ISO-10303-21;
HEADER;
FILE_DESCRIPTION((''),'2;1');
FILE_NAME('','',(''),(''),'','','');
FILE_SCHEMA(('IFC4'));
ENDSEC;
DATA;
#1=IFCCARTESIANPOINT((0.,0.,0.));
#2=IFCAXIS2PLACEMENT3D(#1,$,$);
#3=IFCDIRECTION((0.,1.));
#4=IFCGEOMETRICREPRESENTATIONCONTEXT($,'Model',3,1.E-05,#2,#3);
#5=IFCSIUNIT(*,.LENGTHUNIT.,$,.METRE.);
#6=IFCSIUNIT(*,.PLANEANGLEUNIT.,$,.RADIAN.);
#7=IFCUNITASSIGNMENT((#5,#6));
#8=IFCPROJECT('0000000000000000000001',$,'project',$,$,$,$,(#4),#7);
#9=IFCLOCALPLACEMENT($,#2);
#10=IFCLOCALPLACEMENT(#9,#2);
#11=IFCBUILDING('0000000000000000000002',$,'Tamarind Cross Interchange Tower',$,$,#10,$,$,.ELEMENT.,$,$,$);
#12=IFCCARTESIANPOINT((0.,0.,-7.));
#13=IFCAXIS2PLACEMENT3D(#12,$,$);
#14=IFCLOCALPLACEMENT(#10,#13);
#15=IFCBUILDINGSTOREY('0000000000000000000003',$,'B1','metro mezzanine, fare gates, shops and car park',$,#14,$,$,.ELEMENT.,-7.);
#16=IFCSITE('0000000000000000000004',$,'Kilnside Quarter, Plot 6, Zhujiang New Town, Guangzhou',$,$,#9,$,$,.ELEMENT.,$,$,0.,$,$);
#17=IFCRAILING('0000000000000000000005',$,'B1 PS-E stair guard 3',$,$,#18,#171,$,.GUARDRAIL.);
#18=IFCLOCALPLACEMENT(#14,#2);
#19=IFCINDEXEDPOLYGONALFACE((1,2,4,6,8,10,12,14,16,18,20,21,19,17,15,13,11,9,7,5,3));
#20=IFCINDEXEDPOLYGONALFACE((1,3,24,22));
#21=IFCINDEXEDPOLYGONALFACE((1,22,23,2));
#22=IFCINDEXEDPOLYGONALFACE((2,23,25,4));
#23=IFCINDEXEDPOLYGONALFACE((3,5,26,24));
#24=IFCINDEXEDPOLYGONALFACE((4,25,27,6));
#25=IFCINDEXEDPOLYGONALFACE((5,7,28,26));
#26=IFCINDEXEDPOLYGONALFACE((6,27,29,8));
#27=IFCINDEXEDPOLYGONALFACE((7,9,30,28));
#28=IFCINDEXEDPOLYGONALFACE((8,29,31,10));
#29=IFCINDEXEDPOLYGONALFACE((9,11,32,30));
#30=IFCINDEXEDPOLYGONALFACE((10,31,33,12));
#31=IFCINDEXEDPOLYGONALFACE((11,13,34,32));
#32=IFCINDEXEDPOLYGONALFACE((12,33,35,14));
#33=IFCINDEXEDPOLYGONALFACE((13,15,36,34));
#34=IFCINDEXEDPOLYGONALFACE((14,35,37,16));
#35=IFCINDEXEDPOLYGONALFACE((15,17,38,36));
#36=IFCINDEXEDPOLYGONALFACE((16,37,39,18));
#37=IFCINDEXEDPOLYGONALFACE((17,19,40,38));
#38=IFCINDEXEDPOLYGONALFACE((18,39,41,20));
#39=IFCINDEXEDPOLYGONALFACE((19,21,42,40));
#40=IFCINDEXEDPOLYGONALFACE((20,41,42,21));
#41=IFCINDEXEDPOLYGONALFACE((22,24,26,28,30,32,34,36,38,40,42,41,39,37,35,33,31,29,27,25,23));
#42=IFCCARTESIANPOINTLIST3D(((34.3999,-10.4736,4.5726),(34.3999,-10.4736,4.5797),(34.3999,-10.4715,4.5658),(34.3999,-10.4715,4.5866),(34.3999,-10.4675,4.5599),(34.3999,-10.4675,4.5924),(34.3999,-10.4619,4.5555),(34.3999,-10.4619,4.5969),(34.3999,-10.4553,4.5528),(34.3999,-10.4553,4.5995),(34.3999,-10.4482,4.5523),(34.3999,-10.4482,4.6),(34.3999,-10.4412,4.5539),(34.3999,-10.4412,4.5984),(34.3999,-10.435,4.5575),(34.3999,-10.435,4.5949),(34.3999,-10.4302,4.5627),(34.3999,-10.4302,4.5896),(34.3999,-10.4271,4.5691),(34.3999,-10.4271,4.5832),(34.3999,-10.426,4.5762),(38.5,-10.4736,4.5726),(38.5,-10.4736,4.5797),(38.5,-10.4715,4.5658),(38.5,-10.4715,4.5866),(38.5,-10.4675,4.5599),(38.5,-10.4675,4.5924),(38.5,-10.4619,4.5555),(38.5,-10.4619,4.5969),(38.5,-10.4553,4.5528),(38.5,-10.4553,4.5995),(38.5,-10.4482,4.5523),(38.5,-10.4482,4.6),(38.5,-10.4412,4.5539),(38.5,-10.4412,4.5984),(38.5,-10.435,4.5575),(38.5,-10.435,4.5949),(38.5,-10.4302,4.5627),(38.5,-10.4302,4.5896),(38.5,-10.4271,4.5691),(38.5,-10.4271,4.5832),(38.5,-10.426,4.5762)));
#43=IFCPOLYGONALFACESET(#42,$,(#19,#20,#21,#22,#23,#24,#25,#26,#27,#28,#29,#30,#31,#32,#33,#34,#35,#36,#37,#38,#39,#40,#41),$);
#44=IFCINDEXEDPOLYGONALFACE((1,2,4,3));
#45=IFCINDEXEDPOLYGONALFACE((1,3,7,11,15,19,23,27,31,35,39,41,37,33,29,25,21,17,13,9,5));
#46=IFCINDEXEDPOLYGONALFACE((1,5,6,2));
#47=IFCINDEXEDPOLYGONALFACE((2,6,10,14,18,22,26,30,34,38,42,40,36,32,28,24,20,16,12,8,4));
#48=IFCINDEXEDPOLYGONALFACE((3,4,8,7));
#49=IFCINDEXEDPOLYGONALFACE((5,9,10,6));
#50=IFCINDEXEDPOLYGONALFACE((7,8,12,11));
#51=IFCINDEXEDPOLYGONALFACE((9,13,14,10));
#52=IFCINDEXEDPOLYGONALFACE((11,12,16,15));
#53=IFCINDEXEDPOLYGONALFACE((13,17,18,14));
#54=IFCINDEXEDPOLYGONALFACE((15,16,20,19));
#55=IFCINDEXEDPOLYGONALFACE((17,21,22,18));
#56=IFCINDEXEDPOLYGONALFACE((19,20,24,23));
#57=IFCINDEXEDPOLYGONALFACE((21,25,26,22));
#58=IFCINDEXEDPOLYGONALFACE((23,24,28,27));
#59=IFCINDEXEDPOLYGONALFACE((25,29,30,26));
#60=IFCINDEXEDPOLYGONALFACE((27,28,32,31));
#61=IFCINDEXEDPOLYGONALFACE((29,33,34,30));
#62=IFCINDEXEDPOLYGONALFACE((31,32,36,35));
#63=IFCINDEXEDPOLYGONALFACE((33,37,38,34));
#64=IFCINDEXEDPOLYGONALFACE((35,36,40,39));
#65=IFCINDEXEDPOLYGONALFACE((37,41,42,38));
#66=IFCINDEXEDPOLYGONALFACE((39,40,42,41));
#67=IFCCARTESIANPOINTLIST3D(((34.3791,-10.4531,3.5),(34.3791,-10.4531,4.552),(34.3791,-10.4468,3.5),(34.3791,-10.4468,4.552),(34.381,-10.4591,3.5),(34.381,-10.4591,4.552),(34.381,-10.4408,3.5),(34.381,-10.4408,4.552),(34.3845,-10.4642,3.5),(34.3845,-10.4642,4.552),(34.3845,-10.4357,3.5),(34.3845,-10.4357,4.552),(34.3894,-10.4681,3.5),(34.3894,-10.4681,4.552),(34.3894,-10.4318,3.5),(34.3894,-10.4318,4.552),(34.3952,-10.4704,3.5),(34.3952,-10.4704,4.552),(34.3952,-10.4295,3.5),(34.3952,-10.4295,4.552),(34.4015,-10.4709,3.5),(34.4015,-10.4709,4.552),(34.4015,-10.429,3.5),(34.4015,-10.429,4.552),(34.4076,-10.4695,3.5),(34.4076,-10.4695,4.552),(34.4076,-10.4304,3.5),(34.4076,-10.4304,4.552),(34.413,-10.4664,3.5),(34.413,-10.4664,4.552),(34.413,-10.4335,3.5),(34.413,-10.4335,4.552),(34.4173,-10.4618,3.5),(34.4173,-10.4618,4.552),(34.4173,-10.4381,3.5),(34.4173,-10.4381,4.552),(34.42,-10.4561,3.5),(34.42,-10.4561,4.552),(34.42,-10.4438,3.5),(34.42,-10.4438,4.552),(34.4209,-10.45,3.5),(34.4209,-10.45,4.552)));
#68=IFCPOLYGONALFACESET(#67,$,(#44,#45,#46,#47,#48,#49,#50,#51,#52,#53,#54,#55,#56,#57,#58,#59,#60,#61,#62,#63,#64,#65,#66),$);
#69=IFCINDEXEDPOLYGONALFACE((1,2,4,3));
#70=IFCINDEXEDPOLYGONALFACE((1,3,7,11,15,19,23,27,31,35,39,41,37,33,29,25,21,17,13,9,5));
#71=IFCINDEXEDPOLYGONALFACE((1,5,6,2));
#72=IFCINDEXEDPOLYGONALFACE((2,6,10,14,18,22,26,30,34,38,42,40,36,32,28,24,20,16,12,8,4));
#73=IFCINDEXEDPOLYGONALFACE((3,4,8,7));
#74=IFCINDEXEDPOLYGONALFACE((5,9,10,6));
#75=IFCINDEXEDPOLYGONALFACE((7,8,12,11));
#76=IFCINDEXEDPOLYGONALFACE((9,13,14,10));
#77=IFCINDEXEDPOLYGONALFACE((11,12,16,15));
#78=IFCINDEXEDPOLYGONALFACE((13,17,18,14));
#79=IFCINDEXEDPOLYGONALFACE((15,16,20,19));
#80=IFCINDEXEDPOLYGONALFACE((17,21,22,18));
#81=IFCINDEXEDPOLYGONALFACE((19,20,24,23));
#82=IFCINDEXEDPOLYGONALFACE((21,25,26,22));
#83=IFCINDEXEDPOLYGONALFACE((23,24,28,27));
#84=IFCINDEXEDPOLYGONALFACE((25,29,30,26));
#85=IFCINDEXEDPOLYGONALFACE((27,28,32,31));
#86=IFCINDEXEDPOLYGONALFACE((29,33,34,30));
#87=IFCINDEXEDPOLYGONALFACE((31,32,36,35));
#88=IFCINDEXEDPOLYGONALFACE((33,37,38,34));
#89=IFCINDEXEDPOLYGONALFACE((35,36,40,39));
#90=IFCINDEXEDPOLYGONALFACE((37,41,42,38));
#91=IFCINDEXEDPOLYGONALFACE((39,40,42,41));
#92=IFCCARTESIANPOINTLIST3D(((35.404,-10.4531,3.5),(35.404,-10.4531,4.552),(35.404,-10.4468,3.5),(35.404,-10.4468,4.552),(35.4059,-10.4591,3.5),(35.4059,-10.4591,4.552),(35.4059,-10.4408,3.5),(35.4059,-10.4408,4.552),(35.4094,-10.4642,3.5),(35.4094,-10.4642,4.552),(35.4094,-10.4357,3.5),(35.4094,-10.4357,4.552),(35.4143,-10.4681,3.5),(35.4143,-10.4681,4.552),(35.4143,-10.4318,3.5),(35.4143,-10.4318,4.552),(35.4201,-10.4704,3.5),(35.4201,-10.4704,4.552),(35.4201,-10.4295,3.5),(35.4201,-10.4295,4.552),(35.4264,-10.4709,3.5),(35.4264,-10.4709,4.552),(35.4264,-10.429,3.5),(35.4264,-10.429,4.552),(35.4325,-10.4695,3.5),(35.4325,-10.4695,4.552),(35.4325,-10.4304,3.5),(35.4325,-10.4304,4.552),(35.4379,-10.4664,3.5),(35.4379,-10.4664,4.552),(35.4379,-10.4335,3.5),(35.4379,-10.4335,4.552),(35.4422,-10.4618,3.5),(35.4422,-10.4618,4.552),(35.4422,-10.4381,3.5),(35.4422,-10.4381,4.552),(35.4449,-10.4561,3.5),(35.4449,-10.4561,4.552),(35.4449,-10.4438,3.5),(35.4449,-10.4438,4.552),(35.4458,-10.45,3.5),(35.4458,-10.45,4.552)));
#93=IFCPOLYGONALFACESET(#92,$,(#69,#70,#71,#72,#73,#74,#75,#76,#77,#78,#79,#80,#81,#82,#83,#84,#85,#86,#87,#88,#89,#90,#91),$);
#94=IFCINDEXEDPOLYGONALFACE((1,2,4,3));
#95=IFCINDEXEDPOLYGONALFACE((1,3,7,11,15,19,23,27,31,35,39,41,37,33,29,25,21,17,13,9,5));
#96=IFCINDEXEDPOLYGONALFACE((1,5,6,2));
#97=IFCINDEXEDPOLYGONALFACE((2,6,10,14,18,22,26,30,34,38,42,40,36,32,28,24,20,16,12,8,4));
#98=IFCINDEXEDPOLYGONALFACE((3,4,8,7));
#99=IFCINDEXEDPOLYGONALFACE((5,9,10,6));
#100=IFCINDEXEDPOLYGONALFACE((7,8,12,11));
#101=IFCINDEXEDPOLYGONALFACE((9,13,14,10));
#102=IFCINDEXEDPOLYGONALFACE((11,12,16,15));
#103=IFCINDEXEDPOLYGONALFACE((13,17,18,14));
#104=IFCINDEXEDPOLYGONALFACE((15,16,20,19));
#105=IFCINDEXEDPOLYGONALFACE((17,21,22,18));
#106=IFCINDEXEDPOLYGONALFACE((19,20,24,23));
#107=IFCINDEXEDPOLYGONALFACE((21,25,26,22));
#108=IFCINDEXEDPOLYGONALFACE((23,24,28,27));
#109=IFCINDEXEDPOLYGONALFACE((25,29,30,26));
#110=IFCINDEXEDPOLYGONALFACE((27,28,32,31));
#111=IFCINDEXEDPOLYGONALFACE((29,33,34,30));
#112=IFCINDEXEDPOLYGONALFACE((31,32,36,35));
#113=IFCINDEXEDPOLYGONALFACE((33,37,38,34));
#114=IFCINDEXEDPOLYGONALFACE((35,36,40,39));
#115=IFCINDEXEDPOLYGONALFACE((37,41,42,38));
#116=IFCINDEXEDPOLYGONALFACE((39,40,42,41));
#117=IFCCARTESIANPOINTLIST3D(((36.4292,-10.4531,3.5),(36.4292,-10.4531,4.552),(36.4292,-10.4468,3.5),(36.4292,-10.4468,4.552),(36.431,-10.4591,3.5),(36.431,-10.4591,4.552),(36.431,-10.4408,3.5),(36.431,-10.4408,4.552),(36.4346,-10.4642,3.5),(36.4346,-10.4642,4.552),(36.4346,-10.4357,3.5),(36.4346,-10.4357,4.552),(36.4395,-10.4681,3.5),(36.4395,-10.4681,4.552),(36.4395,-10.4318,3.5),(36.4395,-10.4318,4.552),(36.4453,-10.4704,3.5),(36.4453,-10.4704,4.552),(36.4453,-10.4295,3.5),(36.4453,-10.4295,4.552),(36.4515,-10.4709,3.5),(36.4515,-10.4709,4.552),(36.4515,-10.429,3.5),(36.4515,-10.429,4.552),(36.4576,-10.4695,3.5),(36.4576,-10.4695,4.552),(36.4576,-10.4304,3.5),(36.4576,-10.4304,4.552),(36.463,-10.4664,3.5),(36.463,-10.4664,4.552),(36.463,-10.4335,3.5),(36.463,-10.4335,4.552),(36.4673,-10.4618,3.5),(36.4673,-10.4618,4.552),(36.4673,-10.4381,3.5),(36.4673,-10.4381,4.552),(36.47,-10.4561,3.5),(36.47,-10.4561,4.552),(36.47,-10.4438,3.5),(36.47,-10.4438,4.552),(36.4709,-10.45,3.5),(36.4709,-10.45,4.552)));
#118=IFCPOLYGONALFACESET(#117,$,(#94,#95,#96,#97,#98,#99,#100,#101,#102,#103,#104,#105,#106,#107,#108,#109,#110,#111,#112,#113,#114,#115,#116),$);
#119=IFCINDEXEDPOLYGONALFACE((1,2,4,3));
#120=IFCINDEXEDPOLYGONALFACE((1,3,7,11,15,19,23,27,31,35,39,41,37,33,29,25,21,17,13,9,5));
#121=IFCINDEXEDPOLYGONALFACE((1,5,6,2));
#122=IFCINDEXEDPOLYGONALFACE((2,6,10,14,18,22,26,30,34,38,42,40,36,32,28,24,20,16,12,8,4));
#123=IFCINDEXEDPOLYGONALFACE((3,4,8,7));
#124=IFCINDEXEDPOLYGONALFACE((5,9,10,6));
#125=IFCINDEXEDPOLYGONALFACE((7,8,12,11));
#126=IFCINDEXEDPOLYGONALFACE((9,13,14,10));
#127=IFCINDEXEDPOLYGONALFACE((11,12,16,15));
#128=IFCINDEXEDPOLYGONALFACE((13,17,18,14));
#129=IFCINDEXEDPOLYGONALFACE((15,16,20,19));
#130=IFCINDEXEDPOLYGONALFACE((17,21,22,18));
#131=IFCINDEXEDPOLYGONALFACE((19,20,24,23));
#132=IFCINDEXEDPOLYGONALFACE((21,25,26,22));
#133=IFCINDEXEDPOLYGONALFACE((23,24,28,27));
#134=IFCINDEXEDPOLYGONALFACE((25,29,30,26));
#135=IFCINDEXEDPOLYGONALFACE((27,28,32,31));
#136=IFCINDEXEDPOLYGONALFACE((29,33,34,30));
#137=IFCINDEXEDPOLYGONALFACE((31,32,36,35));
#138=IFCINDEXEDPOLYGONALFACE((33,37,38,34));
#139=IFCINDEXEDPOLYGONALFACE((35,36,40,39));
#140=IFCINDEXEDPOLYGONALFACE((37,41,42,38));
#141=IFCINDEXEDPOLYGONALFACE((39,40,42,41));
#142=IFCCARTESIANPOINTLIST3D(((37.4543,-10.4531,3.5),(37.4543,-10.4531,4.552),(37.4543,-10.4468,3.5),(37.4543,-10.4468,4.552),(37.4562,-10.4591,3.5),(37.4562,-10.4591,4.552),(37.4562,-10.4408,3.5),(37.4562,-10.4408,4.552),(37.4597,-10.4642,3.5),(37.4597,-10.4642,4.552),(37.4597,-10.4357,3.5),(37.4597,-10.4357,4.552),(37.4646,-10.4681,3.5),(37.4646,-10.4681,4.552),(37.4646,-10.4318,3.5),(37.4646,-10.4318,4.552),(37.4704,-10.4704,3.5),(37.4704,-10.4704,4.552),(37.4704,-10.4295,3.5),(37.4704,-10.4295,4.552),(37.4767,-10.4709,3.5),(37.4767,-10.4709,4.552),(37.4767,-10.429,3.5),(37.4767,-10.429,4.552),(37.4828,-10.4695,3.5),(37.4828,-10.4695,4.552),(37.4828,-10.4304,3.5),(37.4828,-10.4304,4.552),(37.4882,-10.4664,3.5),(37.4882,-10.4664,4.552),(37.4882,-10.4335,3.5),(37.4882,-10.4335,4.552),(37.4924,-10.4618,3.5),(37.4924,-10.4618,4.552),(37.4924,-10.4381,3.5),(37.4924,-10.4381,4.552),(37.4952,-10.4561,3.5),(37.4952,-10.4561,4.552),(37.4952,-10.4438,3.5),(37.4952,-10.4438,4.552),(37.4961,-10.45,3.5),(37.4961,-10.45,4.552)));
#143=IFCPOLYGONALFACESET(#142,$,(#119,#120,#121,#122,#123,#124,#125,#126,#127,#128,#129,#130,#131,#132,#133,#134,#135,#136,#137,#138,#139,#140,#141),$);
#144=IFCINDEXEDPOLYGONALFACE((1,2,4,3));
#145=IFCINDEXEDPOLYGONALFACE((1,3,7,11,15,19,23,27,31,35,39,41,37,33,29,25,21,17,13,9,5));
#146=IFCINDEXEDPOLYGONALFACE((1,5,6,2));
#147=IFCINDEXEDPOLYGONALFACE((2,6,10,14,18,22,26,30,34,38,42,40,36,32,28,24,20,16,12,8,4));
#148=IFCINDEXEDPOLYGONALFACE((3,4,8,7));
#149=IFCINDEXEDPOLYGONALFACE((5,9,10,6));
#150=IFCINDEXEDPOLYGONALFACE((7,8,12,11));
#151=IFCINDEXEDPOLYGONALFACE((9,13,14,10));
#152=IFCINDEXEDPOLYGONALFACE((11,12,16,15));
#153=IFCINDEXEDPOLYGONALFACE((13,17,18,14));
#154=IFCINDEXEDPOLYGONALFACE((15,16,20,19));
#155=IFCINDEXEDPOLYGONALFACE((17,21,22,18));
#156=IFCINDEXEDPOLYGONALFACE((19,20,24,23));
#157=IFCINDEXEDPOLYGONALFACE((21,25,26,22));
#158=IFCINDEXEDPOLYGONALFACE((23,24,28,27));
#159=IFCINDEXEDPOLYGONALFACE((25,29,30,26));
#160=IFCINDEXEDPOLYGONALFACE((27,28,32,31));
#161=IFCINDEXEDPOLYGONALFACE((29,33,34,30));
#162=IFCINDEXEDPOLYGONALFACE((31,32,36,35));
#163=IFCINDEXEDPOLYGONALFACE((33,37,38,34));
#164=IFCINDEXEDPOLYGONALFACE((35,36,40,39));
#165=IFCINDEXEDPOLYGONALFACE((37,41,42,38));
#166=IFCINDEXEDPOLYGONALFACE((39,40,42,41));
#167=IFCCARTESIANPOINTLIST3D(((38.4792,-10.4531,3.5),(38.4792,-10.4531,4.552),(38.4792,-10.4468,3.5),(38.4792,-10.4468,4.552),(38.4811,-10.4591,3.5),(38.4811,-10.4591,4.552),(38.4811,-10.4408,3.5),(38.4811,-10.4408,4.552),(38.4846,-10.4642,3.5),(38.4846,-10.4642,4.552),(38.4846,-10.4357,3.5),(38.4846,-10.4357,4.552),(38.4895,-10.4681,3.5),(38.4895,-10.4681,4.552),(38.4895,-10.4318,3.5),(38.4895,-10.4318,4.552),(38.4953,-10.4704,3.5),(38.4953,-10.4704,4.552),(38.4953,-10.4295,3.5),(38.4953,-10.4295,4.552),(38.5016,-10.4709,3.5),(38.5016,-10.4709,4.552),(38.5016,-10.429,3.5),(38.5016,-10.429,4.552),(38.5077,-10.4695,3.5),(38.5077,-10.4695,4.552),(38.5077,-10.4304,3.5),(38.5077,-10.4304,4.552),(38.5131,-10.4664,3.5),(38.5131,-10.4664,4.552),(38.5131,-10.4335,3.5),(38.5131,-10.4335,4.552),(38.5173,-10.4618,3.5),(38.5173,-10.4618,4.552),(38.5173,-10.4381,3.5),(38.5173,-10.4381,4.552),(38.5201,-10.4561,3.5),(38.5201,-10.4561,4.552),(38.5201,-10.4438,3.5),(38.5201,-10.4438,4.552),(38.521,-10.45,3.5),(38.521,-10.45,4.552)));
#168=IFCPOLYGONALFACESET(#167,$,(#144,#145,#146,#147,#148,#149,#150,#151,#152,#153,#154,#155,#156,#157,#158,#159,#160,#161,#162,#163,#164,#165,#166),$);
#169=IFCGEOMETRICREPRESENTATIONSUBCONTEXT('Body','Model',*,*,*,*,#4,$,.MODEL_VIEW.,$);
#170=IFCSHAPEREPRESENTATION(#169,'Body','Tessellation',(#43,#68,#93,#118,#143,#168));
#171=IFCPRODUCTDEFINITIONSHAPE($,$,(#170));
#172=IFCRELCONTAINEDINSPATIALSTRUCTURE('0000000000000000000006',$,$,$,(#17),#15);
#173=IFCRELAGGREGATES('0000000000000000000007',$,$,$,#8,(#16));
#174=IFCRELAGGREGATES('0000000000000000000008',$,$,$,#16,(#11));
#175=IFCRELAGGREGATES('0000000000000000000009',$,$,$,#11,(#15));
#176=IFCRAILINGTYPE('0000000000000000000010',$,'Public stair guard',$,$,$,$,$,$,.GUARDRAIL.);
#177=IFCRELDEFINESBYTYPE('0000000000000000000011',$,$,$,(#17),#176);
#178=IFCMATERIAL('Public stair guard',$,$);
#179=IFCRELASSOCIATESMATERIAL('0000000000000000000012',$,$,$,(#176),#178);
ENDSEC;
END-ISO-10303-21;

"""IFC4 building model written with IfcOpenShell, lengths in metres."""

from ifc_helpers import new_model, si_unit, direction, frame, origin, origin_2d, place, context, subcontext, project, spatial, circle, extrude, material, type_object, element, save


model = new_model("IFC4")

# Units and contexts
model_context = context("Model", 3, precision=1e-05, world=origin(), true_north=direction((0.0, 1.0)))
body_context = subcontext(model_context, "Body", "Model", "MODEL_VIEW")
ifc_project = project(units=[si_unit("LENGTHUNIT", "METRE"), si_unit("PLANEANGLEUNIT", "RADIAN")], contexts=[model_context])

# Site, building, storey
site_placement = place(None, origin())
site = spatial("IfcSite", under=ifc_project, at=site_placement, Name="Kilnside Quarter, Plot 6, Zhujiang New Town, Guangzhou", CompositionType="ELEMENT", RefElevation=0.0)
building_placement = place(site_placement, origin())
building = spatial("IfcBuilding", under=site, at=building_placement, Name="Tamarind Cross Interchange Tower", CompositionType="ELEMENT")
storey_placement = place(building_placement, frame((0.0, 0.0, -7.0)))
storey = spatial("IfcBuildingStorey", under=building, at=storey_placement, Name="B1", Description="metro mezzanine, fare gates, shops and car park", CompositionType="ELEMENT", Elevation=-7.0)

# Railing
ifc_material_1 = material(Name="Public stair guard")
railing_type_1 = type_object("IfcRailingType", Name="Public stair guard", PredefinedType="GUARDRAIL", material=ifc_material_1)
for number, where, name in (
    (1, (34.3999, -10.45, 3.5), "B1 PS-E stair guard 3"),
):
    element("IfcRailing", number, at=place(storey_placement, frame(where)), inside=storey, type_object=railing_type_1, Name=name, PredefinedType="GUARDRAIL", context=body_context, shape_type="SweptSolid", body=[
        extrude(circle(Radius=0.0239, at=origin_2d()), frame((0.0, 0.0, 1.0762), z_axis=(1.0, 0.0, 0.0), x_axis=(0.0, 1.0, 0.0)), (0.0, 0.0, 1.0), 4.1001),
        extrude(circle(Radius=0.021, at=origin_2d()), origin(), (0.0, 0.0, 1.0), 1.052),
        extrude(circle(Radius=0.021, at=origin_2d()), frame((1.0249, 0.0, 0.0)), (0.0, 0.0, 1.0), 1.052),
        extrude(circle(Radius=0.021, at=origin_2d()), frame((2.05, 0.0, 0.0)), (0.0, 0.0, 1.0), 1.052),
        extrude(circle(Radius=0.021, at=origin_2d()), frame((3.0752, 0.0, 0.0)), (0.0, 0.0, 1.0), 1.052),
        extrude(circle(Radius=0.021, at=origin_2d()), frame((4.1001, 0.0, 0.0)), (0.0, 0.0, 1.0), 1.052),
    ])

save(model, "model.ifc")
